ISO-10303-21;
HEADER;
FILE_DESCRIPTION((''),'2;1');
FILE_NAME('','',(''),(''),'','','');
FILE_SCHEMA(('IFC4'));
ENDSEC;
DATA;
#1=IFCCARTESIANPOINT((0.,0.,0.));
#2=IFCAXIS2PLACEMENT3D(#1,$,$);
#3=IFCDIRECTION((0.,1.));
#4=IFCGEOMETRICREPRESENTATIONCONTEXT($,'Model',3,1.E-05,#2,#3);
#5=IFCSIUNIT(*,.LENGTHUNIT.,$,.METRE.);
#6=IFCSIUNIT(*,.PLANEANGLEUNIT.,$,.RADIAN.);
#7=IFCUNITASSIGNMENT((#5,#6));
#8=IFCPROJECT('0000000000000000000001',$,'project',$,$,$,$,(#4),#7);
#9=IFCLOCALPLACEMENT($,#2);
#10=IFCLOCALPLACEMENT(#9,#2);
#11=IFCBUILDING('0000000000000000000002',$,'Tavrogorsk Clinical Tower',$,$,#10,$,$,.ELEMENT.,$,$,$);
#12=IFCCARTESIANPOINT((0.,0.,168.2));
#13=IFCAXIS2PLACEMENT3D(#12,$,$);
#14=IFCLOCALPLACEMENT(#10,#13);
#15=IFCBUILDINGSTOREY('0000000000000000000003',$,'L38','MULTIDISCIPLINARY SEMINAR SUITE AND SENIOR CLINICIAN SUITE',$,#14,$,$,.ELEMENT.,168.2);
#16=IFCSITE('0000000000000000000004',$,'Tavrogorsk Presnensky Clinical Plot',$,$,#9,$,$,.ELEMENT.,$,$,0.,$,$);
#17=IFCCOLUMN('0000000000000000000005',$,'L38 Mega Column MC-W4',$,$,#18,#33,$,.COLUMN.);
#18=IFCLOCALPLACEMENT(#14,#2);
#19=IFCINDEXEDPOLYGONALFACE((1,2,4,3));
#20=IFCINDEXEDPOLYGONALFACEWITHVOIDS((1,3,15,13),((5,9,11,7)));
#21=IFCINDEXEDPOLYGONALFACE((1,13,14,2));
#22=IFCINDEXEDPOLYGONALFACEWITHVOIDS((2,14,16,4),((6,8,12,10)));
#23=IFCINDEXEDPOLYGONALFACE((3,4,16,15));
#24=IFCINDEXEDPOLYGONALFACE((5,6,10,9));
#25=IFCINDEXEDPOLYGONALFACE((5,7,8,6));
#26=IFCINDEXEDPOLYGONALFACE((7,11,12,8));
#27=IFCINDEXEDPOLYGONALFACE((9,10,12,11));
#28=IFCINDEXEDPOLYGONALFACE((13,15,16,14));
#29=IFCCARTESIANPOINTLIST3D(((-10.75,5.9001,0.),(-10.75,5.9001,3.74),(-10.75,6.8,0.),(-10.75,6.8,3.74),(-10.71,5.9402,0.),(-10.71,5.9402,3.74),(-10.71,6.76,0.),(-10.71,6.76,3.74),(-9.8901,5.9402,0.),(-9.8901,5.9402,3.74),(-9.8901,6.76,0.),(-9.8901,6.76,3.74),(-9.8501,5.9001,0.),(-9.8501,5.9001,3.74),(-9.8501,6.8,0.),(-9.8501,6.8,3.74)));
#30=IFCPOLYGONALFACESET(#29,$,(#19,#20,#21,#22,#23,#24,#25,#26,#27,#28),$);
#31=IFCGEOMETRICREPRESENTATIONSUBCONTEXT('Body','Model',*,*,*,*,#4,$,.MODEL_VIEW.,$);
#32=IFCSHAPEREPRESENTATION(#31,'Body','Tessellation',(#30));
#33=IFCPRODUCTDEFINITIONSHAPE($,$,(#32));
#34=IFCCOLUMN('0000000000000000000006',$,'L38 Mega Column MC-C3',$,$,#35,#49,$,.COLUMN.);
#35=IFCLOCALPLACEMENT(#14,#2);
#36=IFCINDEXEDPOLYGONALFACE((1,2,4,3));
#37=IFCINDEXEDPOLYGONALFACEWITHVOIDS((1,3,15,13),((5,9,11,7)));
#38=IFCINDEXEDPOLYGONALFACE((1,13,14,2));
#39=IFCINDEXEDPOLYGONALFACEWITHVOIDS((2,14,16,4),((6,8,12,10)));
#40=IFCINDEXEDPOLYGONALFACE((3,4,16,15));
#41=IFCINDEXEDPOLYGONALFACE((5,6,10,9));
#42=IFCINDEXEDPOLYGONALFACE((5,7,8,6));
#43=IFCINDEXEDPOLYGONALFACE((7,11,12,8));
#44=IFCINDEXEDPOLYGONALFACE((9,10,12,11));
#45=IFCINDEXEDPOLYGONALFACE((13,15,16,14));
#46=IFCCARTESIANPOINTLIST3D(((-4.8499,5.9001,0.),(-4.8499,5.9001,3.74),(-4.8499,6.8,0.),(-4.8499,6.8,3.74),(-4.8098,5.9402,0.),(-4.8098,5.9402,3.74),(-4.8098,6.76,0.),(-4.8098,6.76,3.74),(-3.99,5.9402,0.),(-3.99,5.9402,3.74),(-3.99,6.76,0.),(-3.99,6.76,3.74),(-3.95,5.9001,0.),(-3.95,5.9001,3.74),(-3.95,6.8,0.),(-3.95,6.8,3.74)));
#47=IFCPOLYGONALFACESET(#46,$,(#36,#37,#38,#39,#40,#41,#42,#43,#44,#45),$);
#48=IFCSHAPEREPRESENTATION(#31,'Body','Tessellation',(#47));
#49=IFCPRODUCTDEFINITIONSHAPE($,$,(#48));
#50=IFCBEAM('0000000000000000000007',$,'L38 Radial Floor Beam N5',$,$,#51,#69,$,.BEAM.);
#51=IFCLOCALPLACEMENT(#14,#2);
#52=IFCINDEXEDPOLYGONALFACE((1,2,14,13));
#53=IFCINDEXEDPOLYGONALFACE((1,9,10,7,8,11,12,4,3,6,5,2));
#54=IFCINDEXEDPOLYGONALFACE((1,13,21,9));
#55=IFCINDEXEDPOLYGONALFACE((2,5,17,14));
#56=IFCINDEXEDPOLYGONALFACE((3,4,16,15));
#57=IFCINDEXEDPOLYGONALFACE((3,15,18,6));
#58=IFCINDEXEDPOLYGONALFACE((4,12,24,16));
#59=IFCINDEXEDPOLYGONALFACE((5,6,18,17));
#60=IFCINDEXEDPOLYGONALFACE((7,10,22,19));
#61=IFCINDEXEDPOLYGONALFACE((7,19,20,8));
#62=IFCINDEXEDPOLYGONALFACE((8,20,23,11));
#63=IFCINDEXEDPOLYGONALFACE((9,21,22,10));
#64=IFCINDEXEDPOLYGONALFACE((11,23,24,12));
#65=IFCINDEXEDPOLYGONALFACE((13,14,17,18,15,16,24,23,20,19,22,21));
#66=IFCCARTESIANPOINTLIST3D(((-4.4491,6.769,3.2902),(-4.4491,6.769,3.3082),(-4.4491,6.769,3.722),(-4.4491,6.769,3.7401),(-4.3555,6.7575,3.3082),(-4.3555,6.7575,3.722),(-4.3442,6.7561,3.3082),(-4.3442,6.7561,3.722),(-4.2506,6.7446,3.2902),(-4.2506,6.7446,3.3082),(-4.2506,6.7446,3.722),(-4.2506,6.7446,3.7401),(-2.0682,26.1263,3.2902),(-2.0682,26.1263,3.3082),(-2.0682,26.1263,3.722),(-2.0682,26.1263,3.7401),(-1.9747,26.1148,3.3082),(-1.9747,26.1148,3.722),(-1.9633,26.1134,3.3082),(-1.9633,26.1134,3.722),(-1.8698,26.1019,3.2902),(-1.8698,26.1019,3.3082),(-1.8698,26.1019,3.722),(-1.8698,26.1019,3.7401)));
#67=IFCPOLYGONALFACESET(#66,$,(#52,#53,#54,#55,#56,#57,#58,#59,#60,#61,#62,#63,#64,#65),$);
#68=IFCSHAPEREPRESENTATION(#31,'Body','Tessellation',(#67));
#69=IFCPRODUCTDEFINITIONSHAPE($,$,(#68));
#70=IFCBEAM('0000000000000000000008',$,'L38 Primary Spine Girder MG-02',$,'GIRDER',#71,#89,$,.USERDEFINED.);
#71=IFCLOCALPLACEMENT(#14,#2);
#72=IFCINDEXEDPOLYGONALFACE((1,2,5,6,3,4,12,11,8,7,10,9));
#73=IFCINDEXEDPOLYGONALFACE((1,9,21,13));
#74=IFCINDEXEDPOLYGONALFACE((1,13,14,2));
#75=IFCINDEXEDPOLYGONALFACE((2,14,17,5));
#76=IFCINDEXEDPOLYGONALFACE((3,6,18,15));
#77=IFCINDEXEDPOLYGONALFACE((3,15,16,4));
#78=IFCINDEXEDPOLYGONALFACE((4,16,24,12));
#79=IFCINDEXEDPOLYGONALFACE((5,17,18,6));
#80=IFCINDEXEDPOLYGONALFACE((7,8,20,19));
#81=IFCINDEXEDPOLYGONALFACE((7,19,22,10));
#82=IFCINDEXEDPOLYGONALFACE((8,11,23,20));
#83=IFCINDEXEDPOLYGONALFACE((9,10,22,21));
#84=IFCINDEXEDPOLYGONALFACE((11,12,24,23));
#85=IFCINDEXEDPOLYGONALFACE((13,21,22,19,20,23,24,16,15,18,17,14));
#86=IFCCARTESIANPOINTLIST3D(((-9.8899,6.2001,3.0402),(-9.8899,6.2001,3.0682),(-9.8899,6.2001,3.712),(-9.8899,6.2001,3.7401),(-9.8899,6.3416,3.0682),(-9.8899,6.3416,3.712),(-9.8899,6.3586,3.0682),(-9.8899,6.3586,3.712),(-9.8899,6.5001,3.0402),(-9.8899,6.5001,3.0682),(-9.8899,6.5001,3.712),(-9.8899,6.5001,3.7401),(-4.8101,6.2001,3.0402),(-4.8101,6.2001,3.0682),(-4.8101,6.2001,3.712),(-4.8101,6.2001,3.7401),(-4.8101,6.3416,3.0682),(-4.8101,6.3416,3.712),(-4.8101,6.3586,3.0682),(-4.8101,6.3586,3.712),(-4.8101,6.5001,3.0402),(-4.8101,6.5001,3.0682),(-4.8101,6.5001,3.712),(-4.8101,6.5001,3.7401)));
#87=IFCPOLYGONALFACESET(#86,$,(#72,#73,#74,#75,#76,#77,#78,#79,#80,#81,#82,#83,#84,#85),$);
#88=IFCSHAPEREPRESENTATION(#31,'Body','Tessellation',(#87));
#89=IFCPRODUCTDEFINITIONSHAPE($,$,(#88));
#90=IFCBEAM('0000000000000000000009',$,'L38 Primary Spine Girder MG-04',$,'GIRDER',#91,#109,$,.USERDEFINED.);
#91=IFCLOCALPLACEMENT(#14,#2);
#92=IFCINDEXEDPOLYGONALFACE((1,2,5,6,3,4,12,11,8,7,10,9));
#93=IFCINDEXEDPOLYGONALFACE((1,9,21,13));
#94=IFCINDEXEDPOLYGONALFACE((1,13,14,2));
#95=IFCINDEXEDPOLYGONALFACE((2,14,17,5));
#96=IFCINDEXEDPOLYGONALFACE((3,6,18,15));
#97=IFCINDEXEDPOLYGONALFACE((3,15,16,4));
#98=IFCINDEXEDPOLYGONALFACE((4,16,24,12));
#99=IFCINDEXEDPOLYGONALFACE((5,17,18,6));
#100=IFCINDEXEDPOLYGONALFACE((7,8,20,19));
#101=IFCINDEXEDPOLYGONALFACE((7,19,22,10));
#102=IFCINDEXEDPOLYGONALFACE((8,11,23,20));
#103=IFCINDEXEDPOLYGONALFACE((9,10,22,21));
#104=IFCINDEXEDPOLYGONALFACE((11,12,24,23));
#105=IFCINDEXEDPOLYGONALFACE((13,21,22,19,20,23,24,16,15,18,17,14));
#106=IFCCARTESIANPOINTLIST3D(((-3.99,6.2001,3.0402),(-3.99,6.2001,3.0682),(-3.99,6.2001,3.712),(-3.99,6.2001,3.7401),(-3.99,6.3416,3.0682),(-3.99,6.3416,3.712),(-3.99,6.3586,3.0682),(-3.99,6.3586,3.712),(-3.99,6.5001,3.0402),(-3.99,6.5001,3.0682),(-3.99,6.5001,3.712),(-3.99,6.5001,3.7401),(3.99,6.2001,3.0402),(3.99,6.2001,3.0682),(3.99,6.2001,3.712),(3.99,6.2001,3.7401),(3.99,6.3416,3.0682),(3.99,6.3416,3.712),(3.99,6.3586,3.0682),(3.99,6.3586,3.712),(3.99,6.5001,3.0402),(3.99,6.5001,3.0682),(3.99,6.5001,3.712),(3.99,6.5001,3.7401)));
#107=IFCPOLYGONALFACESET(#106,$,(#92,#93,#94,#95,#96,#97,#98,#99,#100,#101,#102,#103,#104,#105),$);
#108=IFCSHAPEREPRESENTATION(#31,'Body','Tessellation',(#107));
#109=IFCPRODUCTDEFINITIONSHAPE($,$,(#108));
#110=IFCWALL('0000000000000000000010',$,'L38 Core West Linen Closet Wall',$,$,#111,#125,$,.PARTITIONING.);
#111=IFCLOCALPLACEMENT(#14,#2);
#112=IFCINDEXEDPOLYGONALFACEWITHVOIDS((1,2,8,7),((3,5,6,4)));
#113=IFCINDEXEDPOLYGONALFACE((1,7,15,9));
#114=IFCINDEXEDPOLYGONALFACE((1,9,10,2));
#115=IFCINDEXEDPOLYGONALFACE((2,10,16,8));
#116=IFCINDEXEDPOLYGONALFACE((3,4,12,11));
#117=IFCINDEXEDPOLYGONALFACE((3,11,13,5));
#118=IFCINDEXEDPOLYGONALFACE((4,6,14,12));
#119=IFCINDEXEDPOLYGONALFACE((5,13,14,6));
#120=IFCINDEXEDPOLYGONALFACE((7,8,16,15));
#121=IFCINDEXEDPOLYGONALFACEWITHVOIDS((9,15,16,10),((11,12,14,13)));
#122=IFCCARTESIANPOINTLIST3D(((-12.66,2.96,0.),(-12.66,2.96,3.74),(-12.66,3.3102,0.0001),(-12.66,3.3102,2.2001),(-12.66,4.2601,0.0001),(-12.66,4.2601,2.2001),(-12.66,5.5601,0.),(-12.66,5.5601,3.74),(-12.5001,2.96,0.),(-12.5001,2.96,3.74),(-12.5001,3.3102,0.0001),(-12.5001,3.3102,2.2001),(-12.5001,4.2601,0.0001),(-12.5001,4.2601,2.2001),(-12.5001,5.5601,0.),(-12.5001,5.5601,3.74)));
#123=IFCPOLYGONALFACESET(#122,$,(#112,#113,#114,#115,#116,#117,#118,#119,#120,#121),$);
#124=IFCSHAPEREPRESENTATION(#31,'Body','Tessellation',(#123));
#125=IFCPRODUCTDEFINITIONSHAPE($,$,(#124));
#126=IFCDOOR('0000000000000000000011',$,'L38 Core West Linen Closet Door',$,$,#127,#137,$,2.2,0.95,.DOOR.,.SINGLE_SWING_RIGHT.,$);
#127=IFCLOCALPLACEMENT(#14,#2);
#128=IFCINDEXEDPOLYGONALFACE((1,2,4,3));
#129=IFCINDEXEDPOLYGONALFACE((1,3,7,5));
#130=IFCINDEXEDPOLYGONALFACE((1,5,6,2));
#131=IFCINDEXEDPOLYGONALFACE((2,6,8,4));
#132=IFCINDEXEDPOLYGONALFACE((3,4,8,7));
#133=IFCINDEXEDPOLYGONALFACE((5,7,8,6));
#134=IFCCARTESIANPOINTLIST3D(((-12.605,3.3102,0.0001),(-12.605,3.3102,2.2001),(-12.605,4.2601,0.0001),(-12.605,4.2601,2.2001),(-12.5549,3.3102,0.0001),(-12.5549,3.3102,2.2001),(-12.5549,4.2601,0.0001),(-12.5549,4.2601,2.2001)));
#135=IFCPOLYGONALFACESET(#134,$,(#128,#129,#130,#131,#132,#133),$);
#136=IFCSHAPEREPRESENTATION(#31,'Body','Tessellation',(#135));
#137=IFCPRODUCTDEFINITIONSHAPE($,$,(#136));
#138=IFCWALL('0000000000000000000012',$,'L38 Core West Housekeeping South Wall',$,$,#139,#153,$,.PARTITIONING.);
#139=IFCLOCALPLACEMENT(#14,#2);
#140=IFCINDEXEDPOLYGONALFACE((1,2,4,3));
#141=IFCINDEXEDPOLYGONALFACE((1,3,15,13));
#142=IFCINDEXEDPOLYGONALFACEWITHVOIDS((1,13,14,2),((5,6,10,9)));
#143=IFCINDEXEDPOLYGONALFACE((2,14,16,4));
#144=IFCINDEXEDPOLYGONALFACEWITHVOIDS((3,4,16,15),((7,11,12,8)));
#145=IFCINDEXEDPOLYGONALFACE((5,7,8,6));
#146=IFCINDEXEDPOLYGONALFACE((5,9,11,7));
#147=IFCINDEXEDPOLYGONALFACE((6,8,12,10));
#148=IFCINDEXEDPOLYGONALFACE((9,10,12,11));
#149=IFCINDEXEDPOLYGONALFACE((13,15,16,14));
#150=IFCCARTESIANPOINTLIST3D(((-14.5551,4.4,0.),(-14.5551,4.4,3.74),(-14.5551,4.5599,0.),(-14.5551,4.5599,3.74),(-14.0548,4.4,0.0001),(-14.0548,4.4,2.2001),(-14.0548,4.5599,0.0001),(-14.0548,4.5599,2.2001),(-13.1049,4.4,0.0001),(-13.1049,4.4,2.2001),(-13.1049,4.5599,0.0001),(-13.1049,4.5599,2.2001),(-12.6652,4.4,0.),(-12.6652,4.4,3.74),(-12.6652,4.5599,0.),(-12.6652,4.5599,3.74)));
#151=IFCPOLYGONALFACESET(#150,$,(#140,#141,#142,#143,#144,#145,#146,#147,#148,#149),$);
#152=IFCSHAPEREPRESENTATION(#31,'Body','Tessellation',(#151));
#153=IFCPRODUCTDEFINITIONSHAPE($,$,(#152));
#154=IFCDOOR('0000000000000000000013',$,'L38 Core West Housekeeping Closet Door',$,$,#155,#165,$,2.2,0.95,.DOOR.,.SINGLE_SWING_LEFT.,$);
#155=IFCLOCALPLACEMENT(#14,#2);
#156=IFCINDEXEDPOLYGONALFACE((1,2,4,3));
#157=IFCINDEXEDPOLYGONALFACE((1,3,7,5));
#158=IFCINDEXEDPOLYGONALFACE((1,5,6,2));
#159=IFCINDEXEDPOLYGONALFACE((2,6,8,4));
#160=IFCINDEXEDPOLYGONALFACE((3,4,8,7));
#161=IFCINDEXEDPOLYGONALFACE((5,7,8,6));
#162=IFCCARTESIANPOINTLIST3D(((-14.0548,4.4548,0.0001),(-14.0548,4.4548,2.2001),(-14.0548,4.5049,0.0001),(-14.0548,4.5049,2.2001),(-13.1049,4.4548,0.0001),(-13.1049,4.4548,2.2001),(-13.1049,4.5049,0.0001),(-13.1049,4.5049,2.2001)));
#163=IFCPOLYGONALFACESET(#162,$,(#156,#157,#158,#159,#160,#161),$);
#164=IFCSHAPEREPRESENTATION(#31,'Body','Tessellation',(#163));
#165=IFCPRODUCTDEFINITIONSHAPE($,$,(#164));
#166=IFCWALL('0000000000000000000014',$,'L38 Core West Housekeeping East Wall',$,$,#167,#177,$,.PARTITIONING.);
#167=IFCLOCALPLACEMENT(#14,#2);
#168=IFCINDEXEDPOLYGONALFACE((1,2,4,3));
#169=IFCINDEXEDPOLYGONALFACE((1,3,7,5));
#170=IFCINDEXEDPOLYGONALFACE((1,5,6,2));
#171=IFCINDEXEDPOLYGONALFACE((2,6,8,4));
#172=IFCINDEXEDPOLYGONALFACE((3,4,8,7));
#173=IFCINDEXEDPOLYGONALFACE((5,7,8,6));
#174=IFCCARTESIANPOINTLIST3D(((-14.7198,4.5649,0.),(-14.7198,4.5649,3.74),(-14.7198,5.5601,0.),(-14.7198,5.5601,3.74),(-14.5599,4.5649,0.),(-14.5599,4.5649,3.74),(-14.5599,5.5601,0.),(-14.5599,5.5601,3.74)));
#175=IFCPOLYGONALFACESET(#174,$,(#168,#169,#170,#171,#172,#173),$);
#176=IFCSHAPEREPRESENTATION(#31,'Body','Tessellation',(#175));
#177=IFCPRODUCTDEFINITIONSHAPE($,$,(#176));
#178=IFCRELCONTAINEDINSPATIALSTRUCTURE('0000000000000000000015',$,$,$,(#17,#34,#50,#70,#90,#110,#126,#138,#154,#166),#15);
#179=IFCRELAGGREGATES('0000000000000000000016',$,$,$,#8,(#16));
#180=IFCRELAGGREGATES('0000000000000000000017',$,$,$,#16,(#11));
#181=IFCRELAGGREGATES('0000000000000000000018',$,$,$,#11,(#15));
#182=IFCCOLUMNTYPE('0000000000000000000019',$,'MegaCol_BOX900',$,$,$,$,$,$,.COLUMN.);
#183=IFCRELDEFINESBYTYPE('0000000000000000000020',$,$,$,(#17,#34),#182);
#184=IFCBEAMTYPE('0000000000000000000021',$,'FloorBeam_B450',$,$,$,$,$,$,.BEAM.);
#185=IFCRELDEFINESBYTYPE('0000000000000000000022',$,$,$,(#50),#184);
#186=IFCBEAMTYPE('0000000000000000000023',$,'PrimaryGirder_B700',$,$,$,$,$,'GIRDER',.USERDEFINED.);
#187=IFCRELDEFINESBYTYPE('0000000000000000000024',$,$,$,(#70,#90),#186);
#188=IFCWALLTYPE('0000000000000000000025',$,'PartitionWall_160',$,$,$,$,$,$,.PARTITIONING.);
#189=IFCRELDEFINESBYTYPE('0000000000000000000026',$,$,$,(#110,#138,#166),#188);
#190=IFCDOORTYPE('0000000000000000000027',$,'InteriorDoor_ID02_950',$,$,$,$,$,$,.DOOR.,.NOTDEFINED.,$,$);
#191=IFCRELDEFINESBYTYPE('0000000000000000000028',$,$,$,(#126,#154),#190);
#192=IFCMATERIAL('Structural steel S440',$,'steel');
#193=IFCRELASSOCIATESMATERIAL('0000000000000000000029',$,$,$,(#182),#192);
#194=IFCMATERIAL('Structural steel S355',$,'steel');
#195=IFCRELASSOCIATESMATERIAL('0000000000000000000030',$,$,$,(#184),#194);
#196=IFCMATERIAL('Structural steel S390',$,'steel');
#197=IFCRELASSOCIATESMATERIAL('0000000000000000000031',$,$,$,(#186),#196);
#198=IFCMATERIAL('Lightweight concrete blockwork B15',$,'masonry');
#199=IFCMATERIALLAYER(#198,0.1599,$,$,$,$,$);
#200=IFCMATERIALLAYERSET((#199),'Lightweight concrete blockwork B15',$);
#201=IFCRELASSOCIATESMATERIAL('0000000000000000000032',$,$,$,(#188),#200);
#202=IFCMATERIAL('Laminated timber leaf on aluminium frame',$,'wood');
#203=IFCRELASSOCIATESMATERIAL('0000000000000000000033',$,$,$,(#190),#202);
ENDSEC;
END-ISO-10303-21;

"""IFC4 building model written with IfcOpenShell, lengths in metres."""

from ifc_helpers import new_model, si_unit, direction, frame, frame_2d, origin, origin_2d, place, context, subcontext, project, spatial, rectangle, hollow_rectangle, i_section, extrude, material, layer, layer_set, material_profile, profile_set, type_object, element, fill, save


model = new_model("IFC4")

# Units and contexts
model_context = context("Model", 3, precision=1e-05, world=origin(), true_north=direction((0.0, 1.0)))
body_context = subcontext(model_context, "Body", "Model", "MODEL_VIEW")
ifc_project = project(units=[si_unit("LENGTHUNIT", "METRE"), si_unit("PLANEANGLEUNIT", "RADIAN")], contexts=[model_context])

# Site, building, storey
site_placement = place(None, origin())
site = spatial("IfcSite", under=ifc_project, at=site_placement, Name="Tavrogorsk Presnensky Clinical Plot", CompositionType="ELEMENT", RefElevation=0.0)
building_placement = place(site_placement, origin())
building = spatial("IfcBuilding", under=site, at=building_placement, Name="Tavrogorsk Clinical Tower", CompositionType="ELEMENT")
storey_placement = place(building_placement, frame((0.0, 0.0, 168.2)))
storey = spatial("IfcBuildingStorey", under=building, at=storey_placement, Name="L38", Description="MULTIDISCIPLINARY SEMINAR SUITE AND SENIOR CLINICIAN SUITE", CompositionType="ELEMENT", Elevation=168.2)

# Columns
ifc_material_1 = material(Name="Structural steel S440", Category="steel")
ifc_material_profile_1 = material_profile(ifc_material_1, hollow_rectangle(XDim=0.8999, YDim=0.8999, WallThickness=0.04, at=origin_2d()), Name="BOX-900x900x40")
ifc_profile_set_1 = profile_set([ifc_material_profile_1], Name="Structural steel S440")
column_type = type_object("IfcColumnType", Name="MegaCol_BOX900", PredefinedType="COLUMN", material=ifc_profile_set_1)
for number, where, z_axis, x_axis, name in (
    (1, (-10.3, 6.3501, 0.0), (0.0, 0.0, 1.0), (1.0, 0.0, 0.0), "L38 Mega Column MC-W4"),
    (2, (-4.3999, 6.3501, 0.0), (0.0, 0.0, 1.0), (1.0, 0.0, 0.0), "L38 Mega Column MC-C3"),
):
    element("IfcColumn", number, at=place(storey_placement, frame(where, z_axis=z_axis, x_axis=x_axis)), inside=storey, type_object=column_type, Name=name, PredefinedType="COLUMN", context=body_context, shape_type="SweptSolid", body=[
        extrude(hollow_rectangle(XDim=0.8999, YDim=0.8999, WallThickness=0.04, at=origin_2d()), origin(), (0.0, 0.0, 1.0), 3.74),
    ])

# Beams
ifc_material_2 = material(Name="Structural steel S355", Category="steel")
ifc_material_profile_2 = material_profile(ifc_material_2, i_section(OverallWidth=0.2, OverallDepth=0.45, WebThickness=0.0115, FlangeThickness=0.0181, at=origin_2d()), Name="B-450x200x11.5x18")
ifc_profile_set_2 = profile_set([ifc_material_profile_2], Name="Structural steel S355")
beam_type_1 = type_object("IfcBeamType", Name="FloorBeam_B450", PredefinedType="BEAM", material=ifc_profile_set_2)
beam_1_placement = place(storey_placement, frame((-4.3499, 6.7568, 3.5151), z_axis=(0.122075, 0.992521, 0.0), x_axis=(-0.992521, 0.122075, 0.0)))
element("IfcBeam", 3, at=beam_1_placement, inside=storey, type_object=beam_type_1, Name="L38 Radial Floor Beam N5", PredefinedType="BEAM", context=body_context, shape_type="SweptSolid", body=[
    extrude(i_section(OverallWidth=0.2, OverallDepth=0.45, WebThickness=0.0115, FlangeThickness=0.0181, at=origin_2d()), origin(), (0.0, 0.0, 1.0), 19.5032),
])
ifc_material_3 = material(Name="Structural steel S390", Category="steel")
ifc_material_profile_3 = material_profile(ifc_material_3, i_section(OverallWidth=0.3, OverallDepth=0.7, WebThickness=0.0171, FlangeThickness=0.0281, at=origin_2d()), Name="B-700x300x17x28")
ifc_profile_set_3 = profile_set([ifc_material_profile_3], Name="Structural steel S390")
beam_type_2 = type_object("IfcBeamType", Name="PrimaryGirder_B700", ElementType="GIRDER", PredefinedType="USERDEFINED", material=ifc_profile_set_3)
beam_2_placement = place(storey_placement, frame((-9.8899, 6.3501, 3.3901), z_axis=(1.0, 0.0, 0.0), x_axis=(0.0, 1.0, 0.0)))
element("IfcBeam", 4, at=beam_2_placement, inside=storey, type_object=beam_type_2, Name="L38 Primary Spine Girder MG-02", ObjectType="GIRDER", PredefinedType="USERDEFINED", context=body_context, shape_type="SweptSolid", body=[
    extrude(i_section(OverallWidth=0.3, OverallDepth=0.7, WebThickness=0.0171, FlangeThickness=0.0281, at=origin_2d()), origin(), (0.0, 0.0, 1.0), 5.0798),
])
beam_3_placement = place(storey_placement, frame((-3.99, 6.3501, 3.3901), z_axis=(1.0, 0.0, 0.0), x_axis=(0.0, 1.0, 0.0)))
element("IfcBeam", 5, at=beam_3_placement, inside=storey, type_object=beam_type_2, Name="L38 Primary Spine Girder MG-04", ObjectType="GIRDER", PredefinedType="USERDEFINED", context=body_context, shape_type="SweptSolid", body=[
    extrude(i_section(OverallWidth=0.3, OverallDepth=0.7, WebThickness=0.0171, FlangeThickness=0.0281, at=origin_2d()), origin(), (0.0, 0.0, 1.0), 7.98),
])

# Walls, openings, doors
ifc_material_4 = material(Name="Lightweight concrete blockwork B15", Category="masonry")
ifc_layer_1 = layer(ifc_material_4, 0.1599)
ifc_layer_set_1 = layer_set([ifc_layer_1], Name="Lightweight concrete blockwork B15")
wall_type_1 = type_object("IfcWallType", Name="PartitionWall_160", PredefinedType="PARTITIONING", material=ifc_layer_set_1)
wall_1_placement = place(storey_placement, frame((-12.5801, 2.96, 0.0), z_axis=(0.0, 0.0, 1.0), x_axis=(0.0, 1.0, 0.0)))
wall_1 = element("IfcWall", 6, at=wall_1_placement, inside=storey, type_object=wall_type_1, Name="L38 Core West Linen Closet Wall", PredefinedType="PARTITIONING", context=body_context, shape_type="SweptSolid", body=[
    extrude(rectangle(XDim=2.6001, YDim=0.1599, at=frame_2d((1.3, 0.0))), origin(), (0.0, 0.0, 1.0), 3.74),
])
opening_1_placement = place(wall_1_placement, frame((0.3501, 0.0, 0.0)))
opening_1 = element("IfcOpeningElement", 7, at=opening_1_placement, cuts=wall_1, PredefinedType="OPENING", context=body_context, shape_type="SweptSolid", body=[
    extrude(rectangle(XDim=0.95, YDim=2.2, at=frame_2d((0.4751, 1.1001))), frame((0.0, 0.0898, 0.0), z_axis=(0.0, -1.0, 0.0), x_axis=(1.0, 0.0, 0.0)), (0.0, 0.0, 1.0), 0.1799),
])
ifc_material_5 = material(Name="Laminated timber leaf on aluminium frame", Category="wood")
door_type_1 = type_object("IfcDoorType", Name="InteriorDoor_ID02_950", OperationType="NOTDEFINED", PredefinedType="DOOR", material=ifc_material_5)
door_1_placement = place(opening_1_placement, origin())
door_1 = element("IfcDoor", 8, at=door_1_placement, inside=storey, type_object=door_type_1, Name="L38 Core West Linen Closet Door", OperationType="SINGLE_SWING_RIGHT", OverallHeight=2.2, OverallWidth=0.95, PredefinedType="DOOR", context=body_context, shape_type="SweptSolid", body=[
    extrude(rectangle(XDim=0.95, YDim=2.2, at=frame_2d((0.4751, 1.1001))), frame((0.0, 0.0249, 0.0), z_axis=(0.0, -1.0, 0.0), x_axis=(1.0, 0.0, 0.0)), (0.0, 0.0, 1.0), 0.05),
])
fill(opening_1, door_1)
wall_2_placement = place(storey_placement, frame((-14.5549, 4.48, 0.0), z_axis=(0.0, 0.0, 1.0), x_axis=(1.0, 0.0, 0.0)))
wall_2 = element("IfcWall", 9, at=wall_2_placement, inside=storey, type_object=wall_type_1, Name="L38 Core West Housekeeping South Wall", PredefinedType="PARTITIONING", context=body_context, shape_type="SweptSolid", body=[
    extrude(rectangle(XDim=1.8899, YDim=0.1599, at=frame_2d((0.9448, 0.0))), origin(), (0.0, 0.0, 1.0), 3.74),
])
opening_2_placement = place(wall_2_placement, frame((0.5, 0.0, 0.0)))
opening_2 = element("IfcOpeningElement", 10, at=opening_2_placement, cuts=wall_2, PredefinedType="OPENING", context=body_context, shape_type="SweptSolid", body=[
    extrude(rectangle(XDim=0.95, YDim=2.2, at=frame_2d((0.4751, 1.1001))), frame((0.0, 0.0898, 0.0), z_axis=(0.0, -1.0, 0.0), x_axis=(1.0, 0.0, 0.0)), (0.0, 0.0, 1.0), 0.1799),
])
door_2_placement = place(opening_2_placement, origin())
door_2 = element("IfcDoor", 11, at=door_2_placement, inside=storey, type_object=door_type_1, Name="L38 Core West Housekeeping Closet Door", OperationType="SINGLE_SWING_LEFT", OverallHeight=2.2, OverallWidth=0.95, PredefinedType="DOOR", context=body_context, shape_type="SweptSolid", body=[
    extrude(rectangle(XDim=0.95, YDim=2.2, at=frame_2d((0.4751, 1.1001))), frame((0.0, 0.0249, 0.0), z_axis=(0.0, -1.0, 0.0), x_axis=(1.0, 0.0, 0.0)), (0.0, 0.0, 1.0), 0.05),
])
fill(opening_2, door_2)

# Wall
wall_3_placement = place(storey_placement, frame((-14.6399, 4.5649, 0.0), z_axis=(0.0, 0.0, 1.0), x_axis=(0.0, 1.0, 0.0)))
element("IfcWall", 12, at=wall_3_placement, inside=storey, type_object=wall_type_1, Name="L38 Core West Housekeeping East Wall", PredefinedType="PARTITIONING", context=body_context, shape_type="SweptSolid", body=[
    extrude(rectangle(XDim=0.9951, YDim=0.1599, at=frame_2d((0.4976, 0.0))), origin(), (0.0, 0.0, 1.0), 3.74),
])

save(model, "model.ifc")
